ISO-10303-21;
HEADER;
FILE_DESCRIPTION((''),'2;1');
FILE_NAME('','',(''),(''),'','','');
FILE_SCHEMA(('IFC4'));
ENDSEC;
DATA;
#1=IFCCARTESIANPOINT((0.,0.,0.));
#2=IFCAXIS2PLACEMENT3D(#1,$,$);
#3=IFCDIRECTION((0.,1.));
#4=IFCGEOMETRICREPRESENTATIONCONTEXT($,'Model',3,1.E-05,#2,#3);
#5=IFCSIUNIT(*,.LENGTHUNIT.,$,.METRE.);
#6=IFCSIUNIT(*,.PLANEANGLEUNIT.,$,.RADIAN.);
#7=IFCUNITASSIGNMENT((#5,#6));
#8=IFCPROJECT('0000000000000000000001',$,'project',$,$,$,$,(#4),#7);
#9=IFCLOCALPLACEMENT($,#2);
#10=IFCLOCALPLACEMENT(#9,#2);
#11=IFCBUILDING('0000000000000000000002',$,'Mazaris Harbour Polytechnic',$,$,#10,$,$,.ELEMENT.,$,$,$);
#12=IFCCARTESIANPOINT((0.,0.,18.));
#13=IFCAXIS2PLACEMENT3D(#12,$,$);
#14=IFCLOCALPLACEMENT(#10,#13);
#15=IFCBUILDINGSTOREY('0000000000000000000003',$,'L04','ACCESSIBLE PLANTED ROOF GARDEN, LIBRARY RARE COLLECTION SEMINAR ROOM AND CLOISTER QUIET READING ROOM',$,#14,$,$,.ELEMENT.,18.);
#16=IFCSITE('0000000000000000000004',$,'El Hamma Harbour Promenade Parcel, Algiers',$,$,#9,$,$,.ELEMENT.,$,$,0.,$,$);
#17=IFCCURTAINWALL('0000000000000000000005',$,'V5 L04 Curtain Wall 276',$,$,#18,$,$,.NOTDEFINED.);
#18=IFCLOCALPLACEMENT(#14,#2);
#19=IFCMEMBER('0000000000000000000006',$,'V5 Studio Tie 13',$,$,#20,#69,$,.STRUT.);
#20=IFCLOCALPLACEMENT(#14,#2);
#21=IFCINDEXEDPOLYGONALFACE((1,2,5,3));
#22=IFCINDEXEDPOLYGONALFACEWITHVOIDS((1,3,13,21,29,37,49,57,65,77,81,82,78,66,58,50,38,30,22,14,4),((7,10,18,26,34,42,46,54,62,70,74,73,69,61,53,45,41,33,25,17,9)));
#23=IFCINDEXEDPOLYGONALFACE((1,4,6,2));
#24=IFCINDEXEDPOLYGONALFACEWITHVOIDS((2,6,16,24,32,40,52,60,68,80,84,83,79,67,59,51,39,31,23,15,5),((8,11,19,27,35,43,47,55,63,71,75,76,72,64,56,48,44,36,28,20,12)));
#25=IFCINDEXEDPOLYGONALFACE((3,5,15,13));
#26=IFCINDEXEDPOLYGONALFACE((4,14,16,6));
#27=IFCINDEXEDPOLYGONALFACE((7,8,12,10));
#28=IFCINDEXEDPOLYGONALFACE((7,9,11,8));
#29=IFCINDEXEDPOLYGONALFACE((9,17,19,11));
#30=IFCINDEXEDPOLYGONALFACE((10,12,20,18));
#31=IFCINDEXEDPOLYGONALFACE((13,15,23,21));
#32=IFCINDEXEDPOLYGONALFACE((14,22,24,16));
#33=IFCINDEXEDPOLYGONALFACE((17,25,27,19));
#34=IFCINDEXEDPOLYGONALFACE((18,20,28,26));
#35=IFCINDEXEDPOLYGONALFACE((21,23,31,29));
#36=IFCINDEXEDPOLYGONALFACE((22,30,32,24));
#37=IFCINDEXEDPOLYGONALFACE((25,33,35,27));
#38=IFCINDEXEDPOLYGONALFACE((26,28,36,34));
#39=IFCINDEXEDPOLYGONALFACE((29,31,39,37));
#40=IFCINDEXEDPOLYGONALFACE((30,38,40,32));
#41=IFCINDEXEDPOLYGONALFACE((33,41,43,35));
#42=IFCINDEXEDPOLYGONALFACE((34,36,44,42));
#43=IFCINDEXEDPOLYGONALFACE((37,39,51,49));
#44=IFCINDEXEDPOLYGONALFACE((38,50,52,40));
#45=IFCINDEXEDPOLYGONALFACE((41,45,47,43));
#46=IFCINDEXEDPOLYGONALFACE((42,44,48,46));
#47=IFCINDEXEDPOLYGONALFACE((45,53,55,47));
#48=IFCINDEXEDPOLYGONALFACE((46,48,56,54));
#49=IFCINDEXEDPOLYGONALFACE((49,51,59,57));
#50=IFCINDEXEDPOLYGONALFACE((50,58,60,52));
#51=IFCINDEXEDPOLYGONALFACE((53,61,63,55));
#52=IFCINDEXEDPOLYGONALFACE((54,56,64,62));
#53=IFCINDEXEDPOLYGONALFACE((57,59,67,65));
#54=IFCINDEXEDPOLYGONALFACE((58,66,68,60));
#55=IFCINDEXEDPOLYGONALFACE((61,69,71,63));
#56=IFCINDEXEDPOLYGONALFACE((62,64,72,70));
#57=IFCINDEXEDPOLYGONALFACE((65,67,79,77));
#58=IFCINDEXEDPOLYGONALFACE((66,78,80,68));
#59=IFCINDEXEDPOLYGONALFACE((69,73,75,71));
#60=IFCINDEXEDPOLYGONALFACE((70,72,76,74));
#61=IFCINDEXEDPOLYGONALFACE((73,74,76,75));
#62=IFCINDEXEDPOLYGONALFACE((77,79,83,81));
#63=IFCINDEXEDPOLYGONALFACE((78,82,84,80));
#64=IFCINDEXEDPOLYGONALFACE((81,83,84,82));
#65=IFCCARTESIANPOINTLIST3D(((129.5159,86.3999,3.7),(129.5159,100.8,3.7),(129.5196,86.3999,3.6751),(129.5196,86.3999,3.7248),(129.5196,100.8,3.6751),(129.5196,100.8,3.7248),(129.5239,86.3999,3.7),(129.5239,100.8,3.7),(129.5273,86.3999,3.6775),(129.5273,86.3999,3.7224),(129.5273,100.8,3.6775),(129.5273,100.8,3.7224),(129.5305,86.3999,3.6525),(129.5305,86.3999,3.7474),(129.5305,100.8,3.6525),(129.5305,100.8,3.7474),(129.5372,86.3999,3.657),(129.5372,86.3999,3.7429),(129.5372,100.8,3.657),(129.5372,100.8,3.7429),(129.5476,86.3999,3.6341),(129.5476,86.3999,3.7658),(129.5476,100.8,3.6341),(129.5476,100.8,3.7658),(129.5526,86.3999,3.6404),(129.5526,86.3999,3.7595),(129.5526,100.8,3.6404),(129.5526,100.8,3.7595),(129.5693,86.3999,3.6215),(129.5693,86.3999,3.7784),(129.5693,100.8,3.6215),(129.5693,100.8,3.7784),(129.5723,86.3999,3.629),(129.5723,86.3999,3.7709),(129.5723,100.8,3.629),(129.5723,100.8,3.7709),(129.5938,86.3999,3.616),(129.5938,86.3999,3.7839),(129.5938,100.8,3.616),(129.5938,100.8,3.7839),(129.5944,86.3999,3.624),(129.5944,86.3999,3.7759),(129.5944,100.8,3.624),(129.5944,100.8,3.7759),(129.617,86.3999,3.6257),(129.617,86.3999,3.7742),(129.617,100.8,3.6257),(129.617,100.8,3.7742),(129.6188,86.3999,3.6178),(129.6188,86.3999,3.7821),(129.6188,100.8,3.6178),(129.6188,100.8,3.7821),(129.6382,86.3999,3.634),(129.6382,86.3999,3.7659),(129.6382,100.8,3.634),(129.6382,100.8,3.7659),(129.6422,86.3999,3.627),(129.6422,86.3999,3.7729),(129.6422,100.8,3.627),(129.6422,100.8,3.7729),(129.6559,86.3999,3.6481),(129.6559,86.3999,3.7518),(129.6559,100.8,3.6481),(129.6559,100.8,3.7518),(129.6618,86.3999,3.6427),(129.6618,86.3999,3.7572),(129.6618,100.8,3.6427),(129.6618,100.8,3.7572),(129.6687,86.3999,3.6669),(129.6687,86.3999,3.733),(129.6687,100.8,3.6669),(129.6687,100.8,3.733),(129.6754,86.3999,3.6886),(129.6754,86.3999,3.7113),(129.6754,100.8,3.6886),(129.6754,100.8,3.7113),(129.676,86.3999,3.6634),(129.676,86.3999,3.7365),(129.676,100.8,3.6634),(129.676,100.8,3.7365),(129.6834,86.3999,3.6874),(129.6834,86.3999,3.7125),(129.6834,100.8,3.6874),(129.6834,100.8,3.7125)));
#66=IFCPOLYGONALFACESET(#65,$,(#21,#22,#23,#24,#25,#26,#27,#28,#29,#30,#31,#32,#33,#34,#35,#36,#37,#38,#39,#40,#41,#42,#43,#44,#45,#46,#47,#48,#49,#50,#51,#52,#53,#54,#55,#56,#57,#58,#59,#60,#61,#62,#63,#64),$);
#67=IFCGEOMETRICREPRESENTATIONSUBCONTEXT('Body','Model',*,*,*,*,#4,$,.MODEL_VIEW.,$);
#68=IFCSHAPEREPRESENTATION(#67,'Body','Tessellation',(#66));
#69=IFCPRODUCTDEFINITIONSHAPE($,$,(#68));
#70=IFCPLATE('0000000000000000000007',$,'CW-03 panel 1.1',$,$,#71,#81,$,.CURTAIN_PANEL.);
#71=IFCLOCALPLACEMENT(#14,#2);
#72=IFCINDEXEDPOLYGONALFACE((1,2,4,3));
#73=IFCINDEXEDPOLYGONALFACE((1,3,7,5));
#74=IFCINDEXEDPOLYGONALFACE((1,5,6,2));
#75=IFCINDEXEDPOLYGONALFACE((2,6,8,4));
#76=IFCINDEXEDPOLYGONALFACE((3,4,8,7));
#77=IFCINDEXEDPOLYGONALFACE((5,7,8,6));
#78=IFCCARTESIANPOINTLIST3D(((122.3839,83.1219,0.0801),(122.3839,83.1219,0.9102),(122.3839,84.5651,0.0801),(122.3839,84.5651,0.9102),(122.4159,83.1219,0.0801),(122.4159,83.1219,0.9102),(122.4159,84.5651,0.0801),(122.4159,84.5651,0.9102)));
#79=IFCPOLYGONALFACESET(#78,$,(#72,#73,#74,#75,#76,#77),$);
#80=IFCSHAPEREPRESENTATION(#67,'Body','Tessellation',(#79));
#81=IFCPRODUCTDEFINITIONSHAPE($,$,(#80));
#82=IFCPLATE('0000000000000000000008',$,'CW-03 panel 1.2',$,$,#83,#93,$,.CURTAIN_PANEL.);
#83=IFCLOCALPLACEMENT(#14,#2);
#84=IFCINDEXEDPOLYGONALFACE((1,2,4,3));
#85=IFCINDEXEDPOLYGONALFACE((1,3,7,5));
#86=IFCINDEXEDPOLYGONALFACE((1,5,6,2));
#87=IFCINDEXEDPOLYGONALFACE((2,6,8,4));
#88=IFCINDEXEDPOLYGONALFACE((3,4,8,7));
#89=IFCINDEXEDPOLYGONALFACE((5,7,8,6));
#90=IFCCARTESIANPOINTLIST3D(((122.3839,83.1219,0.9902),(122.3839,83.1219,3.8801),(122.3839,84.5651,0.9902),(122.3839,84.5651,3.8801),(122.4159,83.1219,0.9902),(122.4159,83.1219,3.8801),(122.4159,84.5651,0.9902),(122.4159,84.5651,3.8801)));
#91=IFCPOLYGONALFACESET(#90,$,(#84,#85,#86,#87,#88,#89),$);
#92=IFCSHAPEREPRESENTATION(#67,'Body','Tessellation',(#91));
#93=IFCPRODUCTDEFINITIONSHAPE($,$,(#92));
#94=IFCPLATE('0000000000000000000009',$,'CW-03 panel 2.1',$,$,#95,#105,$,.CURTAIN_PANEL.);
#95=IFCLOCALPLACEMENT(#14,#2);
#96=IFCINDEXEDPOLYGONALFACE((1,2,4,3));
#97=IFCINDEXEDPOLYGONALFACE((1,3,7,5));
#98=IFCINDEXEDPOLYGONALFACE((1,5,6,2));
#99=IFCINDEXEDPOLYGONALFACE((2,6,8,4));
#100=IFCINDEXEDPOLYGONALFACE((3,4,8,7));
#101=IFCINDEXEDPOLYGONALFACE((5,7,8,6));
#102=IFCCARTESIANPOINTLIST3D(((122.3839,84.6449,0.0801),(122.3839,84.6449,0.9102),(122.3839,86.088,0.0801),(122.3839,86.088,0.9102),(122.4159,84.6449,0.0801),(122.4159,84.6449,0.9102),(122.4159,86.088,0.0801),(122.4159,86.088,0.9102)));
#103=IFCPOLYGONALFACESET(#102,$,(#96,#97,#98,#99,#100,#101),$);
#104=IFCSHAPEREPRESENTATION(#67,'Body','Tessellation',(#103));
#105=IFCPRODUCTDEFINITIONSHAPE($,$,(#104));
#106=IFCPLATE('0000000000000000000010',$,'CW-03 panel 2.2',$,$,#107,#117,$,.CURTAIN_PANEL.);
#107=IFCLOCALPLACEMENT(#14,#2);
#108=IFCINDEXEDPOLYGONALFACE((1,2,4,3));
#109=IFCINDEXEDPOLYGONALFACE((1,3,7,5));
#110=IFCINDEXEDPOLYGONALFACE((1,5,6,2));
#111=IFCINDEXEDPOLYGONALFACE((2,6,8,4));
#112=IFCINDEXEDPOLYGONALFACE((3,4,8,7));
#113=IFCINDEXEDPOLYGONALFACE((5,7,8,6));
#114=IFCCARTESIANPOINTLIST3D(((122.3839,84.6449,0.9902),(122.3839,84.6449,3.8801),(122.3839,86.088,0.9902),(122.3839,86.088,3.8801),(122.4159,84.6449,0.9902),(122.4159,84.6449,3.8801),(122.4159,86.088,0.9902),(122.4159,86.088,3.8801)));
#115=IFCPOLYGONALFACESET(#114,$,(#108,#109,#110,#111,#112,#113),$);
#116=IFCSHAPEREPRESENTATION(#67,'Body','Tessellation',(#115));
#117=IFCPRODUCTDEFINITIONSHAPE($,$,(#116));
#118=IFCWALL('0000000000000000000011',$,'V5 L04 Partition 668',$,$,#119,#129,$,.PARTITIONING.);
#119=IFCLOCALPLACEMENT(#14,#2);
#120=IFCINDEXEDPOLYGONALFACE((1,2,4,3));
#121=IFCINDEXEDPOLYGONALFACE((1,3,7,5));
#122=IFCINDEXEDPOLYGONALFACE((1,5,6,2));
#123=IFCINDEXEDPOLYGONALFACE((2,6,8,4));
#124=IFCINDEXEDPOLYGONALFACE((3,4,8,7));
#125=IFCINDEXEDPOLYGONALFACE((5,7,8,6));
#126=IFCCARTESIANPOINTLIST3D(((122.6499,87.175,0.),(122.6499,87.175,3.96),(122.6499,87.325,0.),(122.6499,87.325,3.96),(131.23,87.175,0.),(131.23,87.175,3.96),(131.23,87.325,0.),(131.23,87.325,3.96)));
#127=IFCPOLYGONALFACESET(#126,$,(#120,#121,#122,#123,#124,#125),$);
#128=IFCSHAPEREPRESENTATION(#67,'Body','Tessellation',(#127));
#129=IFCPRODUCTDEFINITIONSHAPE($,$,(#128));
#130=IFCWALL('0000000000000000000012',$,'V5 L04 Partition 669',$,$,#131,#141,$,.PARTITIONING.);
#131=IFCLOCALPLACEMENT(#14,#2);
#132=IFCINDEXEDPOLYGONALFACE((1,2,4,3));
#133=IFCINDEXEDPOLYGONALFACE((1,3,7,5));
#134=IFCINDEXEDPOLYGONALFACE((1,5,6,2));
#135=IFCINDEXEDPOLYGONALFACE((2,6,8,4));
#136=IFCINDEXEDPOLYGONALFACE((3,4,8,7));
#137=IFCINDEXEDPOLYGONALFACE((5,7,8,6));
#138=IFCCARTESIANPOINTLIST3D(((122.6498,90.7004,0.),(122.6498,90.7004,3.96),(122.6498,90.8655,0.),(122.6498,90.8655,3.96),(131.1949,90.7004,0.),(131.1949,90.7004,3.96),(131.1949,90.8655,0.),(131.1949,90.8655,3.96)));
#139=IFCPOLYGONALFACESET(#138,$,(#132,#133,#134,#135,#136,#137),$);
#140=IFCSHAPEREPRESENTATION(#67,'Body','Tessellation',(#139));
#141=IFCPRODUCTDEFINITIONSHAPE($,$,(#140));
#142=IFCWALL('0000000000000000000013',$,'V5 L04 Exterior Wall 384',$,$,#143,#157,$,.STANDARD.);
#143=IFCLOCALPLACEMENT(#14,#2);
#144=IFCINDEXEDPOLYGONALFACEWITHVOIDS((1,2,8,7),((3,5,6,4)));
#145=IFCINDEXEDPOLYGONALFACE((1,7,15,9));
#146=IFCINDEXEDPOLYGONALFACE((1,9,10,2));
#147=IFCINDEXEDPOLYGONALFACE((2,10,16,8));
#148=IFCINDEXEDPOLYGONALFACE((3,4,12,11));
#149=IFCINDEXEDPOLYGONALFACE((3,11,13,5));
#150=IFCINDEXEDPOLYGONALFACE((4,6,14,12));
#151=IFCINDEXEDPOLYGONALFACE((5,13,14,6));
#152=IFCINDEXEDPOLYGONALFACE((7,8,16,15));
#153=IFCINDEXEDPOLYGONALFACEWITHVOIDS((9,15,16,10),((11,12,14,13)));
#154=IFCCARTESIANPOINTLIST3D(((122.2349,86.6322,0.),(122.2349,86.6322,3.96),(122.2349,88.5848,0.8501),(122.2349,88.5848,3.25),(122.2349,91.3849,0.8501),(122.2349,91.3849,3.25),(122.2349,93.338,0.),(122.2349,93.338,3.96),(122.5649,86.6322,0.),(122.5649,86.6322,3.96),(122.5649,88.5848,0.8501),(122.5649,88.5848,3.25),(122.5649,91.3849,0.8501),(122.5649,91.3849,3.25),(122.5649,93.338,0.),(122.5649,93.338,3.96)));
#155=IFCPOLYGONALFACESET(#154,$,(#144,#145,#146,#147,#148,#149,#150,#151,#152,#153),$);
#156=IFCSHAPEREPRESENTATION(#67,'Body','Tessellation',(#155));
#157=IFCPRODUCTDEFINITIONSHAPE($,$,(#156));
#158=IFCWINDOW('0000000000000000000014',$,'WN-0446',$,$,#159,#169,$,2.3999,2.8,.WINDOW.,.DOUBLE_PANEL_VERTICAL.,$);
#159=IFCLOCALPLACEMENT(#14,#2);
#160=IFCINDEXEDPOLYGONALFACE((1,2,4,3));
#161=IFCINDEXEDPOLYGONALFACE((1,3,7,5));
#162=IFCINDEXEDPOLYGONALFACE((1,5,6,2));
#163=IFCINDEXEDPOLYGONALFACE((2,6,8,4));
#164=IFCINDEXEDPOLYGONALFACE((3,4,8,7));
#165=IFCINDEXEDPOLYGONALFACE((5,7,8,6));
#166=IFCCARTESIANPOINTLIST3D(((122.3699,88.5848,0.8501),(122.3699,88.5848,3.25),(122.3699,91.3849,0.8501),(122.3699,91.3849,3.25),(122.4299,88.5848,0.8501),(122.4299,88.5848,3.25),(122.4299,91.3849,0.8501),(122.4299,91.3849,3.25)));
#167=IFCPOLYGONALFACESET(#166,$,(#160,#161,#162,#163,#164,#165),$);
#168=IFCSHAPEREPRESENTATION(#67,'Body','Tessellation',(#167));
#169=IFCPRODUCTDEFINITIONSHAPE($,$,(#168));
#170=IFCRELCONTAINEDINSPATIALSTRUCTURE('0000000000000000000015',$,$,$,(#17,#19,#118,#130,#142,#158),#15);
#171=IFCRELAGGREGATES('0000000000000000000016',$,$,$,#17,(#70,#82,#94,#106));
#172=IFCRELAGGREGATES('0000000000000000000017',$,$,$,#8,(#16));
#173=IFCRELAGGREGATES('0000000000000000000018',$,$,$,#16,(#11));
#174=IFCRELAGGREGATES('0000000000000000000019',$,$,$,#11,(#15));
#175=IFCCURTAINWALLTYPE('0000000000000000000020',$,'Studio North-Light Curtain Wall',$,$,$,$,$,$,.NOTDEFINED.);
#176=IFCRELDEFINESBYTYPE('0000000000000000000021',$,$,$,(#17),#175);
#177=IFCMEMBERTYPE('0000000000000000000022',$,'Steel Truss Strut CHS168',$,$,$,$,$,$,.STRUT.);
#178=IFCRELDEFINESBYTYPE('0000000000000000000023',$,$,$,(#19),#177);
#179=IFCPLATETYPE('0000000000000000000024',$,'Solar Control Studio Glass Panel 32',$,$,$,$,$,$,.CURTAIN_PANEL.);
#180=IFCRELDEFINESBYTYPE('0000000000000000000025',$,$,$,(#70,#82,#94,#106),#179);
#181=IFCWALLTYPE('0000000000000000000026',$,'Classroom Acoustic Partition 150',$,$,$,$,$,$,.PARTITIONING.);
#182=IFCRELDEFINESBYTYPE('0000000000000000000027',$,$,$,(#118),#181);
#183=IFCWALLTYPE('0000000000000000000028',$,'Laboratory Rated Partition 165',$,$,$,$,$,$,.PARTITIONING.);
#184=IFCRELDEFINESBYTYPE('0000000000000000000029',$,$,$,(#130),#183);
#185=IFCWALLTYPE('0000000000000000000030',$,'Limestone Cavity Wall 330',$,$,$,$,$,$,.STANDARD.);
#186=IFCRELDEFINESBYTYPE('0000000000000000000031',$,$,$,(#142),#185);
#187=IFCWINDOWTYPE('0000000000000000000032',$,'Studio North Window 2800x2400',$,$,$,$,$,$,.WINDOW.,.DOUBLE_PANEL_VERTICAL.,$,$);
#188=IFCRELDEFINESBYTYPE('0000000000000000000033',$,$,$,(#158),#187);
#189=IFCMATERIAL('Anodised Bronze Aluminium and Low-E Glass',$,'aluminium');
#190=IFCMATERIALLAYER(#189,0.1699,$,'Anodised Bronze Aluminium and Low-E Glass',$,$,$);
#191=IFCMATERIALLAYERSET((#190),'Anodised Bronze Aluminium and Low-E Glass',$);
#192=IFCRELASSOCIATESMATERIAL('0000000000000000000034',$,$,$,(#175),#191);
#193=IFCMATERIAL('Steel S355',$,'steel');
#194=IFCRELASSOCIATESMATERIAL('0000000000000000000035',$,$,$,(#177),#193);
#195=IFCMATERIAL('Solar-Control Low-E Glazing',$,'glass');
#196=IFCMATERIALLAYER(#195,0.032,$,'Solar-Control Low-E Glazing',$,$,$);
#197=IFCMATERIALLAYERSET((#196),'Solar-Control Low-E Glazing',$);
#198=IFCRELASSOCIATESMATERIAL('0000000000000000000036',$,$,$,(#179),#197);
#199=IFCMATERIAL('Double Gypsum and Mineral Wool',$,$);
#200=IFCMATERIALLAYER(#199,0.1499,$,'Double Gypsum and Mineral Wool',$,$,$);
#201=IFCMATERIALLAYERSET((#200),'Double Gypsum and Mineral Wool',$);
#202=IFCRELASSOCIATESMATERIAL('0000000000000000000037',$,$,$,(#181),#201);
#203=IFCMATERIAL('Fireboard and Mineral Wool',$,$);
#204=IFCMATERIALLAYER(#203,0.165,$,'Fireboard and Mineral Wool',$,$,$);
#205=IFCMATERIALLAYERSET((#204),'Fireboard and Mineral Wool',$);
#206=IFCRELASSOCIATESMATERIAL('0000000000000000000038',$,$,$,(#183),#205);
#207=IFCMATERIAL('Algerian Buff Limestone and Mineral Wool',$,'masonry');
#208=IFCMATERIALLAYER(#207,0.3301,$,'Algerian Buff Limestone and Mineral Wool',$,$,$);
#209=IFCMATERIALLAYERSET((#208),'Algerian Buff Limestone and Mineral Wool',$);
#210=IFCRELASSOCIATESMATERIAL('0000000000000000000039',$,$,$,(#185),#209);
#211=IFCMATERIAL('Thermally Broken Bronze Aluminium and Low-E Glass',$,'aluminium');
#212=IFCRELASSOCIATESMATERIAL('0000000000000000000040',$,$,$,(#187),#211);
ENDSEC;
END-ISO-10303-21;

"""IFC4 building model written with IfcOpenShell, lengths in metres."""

from ifc_helpers import new_model, si_unit, direction, frame, frame_2d, origin, origin_2d, place, context, subcontext, project, spatial, rectangle, hollow_circle, extrude, material, layer, layer_set, material_profile, profile_set, type_object, element, fill, aggregate, save


model = new_model("IFC4")

# Units and contexts
model_context = context("Model", 3, precision=1e-05, world=origin(), true_north=direction((0.0, 1.0)))
body_context = subcontext(model_context, "Body", "Model", "MODEL_VIEW")
ifc_project = project(units=[si_unit("LENGTHUNIT", "METRE"), si_unit("PLANEANGLEUNIT", "RADIAN")], contexts=[model_context])

# Site, building, storey
site_placement = place(None, origin())
site = spatial("IfcSite", under=ifc_project, at=site_placement, Name="El Hamma Harbour Promenade Parcel, Algiers", CompositionType="ELEMENT", RefElevation=0.0)
building_placement = place(site_placement, origin())
building = spatial("IfcBuilding", under=site, at=building_placement, Name="Mazaris Harbour Polytechnic", CompositionType="ELEMENT")
storey_placement = place(building_placement, frame((0.0, 0.0, 18.0)))
storey = spatial("IfcBuildingStorey", under=building, at=storey_placement, Name="L04", Description="ACCESSIBLE PLANTED ROOF GARDEN, LIBRARY RARE COLLECTION SEMINAR ROOM AND CLOISTER QUIET READING ROOM", CompositionType="ELEMENT", Elevation=18.0)

# Curtain wall
ifc_material_1 = material(Name="Anodised Bronze Aluminium and Low-E Glass", Category="aluminium")
ifc_layer_1 = layer(ifc_material_1, 0.1699, Name="Anodised Bronze Aluminium and Low-E Glass")
ifc_layer_set_1 = layer_set([ifc_layer_1], Name="Anodised Bronze Aluminium and Low-E Glass")
curtain_wall_type = type_object("IfcCurtainWallType", Name="Studio North-Light Curtain Wall", PredefinedType="NOTDEFINED", material=ifc_layer_set_1)
curtain_wall_1_placement = place(storey_placement, origin())
curtain_wall_1 = element("IfcCurtainWall", 1, at=curtain_wall_1_placement, inside=storey, type_object=curtain_wall_type, Name="V5 L04 Curtain Wall 276", PredefinedType="NOTDEFINED")

# Member
ifc_material_2 = material(Name="Steel S355", Category="steel")
ifc_material_profile_1 = material_profile(ifc_material_2, hollow_circle(Radius=0.0842, WallThickness=0.0081, at=origin_2d()), Name="CHS 168.3x8.0")
ifc_profile_set_1 = profile_set([ifc_material_profile_1], Name="Steel S355")
member_type_1 = type_object("IfcMemberType", Name="Steel Truss Strut CHS168", PredefinedType="STRUT", material=ifc_profile_set_1)
member_1_placement = place(storey_placement, frame((129.6001, 86.3999, 3.7), z_axis=(0.0, 1.0, 0.0), x_axis=(-1.0, 0.0, 0.0)))
element("IfcMember", 2, at=member_1_placement, inside=storey, type_object=member_type_1, Name="V5 Studio Tie 13", PredefinedType="STRUT", context=body_context, shape_type="SweptSolid", body=[
    extrude(hollow_circle(Radius=0.0842, WallThickness=0.0081, at=origin_2d()), origin(), (0.0, 0.0, 1.0), 14.4001),
])

# Plates
ifc_material_3 = material(Name="Solar-Control Low-E Glazing", Category="glass")
ifc_layer_2 = layer(ifc_material_3, 0.032, Name="Solar-Control Low-E Glazing")
ifc_layer_set_2 = layer_set([ifc_layer_2], Name="Solar-Control Low-E Glazing")
plate_type = type_object("IfcPlateType", Name="Solar Control Studio Glass Panel 32", PredefinedType="CURTAIN_PANEL", material=ifc_layer_set_2)
plate_1_placement = place(storey_placement, frame((122.3999, 83.8435, 0.0801), z_axis=(0.0, 0.0, 1.0), x_axis=(0.0, 1.0, 0.0)))
plate_1 = element("IfcPlate", 3, at=plate_1_placement, type_object=plate_type, Name="CW-03 panel 1.1", PredefinedType="CURTAIN_PANEL", context=body_context, shape_type="SweptSolid", body=[
    extrude(rectangle(XDim=1.4431, YDim=0.032, at=origin_2d()), origin(), (0.0, 0.0, 1.0), 0.8301),
])
plate_2_placement = place(storey_placement, frame((122.3999, 83.8435, 0.9902), z_axis=(0.0, 0.0, 1.0), x_axis=(0.0, 1.0, 0.0)))
plate_2 = element("IfcPlate", 4, at=plate_2_placement, type_object=plate_type, Name="CW-03 panel 1.2", PredefinedType="CURTAIN_PANEL", context=body_context, shape_type="SweptSolid", body=[
    extrude(rectangle(XDim=1.4431, YDim=0.032, at=origin_2d()), origin(), (0.0, 0.0, 1.0), 2.8899),
])
plate_3_placement = place(storey_placement, frame((122.3999, 85.3665, 0.0801), z_axis=(0.0, 0.0, 1.0), x_axis=(0.0, 1.0, 0.0)))
plate_3 = element("IfcPlate", 5, at=plate_3_placement, type_object=plate_type, Name="CW-03 panel 2.1", PredefinedType="CURTAIN_PANEL", context=body_context, shape_type="SweptSolid", body=[
    extrude(rectangle(XDim=1.4431, YDim=0.032, at=origin_2d()), origin(), (0.0, 0.0, 1.0), 0.8301),
])
plate_4_placement = place(storey_placement, frame((122.3999, 85.3665, 0.9902), z_axis=(0.0, 0.0, 1.0), x_axis=(0.0, 1.0, 0.0)))
plate_4 = element("IfcPlate", 6, at=plate_4_placement, type_object=plate_type, Name="CW-03 panel 2.2", PredefinedType="CURTAIN_PANEL", context=body_context, shape_type="SweptSolid", body=[
    extrude(rectangle(XDim=1.4431, YDim=0.032, at=origin_2d()), origin(), (0.0, 0.0, 1.0), 2.8899),
])
aggregate(curtain_wall_1, [plate_1, plate_2, plate_3, plate_4])

# Walls
ifc_material_4 = material(Name="Double Gypsum and Mineral Wool")
ifc_layer_3 = layer(ifc_material_4, 0.1499, Name="Double Gypsum and Mineral Wool")
ifc_layer_set_3 = layer_set([ifc_layer_3], Name="Double Gypsum and Mineral Wool")
wall_type_1 = type_object("IfcWallType", Name="Classroom Acoustic Partition 150", PredefinedType="PARTITIONING", material=ifc_layer_set_3)
wall_1_placement = place(storey_placement, frame((122.6499, 87.25, 0.0), z_axis=(0.0, 0.0, 1.0), x_axis=(1.0, 0.0, 0.0)))
element("IfcWall", 7, at=wall_1_placement, inside=storey, type_object=wall_type_1, Name="V5 L04 Partition 668", PredefinedType="PARTITIONING", context=body_context, shape_type="SweptSolid", body=[
    extrude(rectangle(XDim=8.5801, YDim=0.1499, at=frame_2d((4.29, 0.0))), origin(), (0.0, 0.0, 1.0), 3.96),
])
ifc_material_5 = material(Name="Fireboard and Mineral Wool")
ifc_layer_4 = layer(ifc_material_5, 0.165, Name="Fireboard and Mineral Wool")
ifc_layer_set_4 = layer_set([ifc_layer_4], Name="Fireboard and Mineral Wool")
wall_type_2 = type_object("IfcWallType", Name="Laboratory Rated Partition 165", PredefinedType="PARTITIONING", material=ifc_layer_set_4)
wall_2_placement = place(storey_placement, frame((122.6499, 90.783, 0.0), z_axis=(0.0, 0.0, 1.0), x_axis=(1.0, 0.0, 0.0)))
element("IfcWall", 8, at=wall_2_placement, inside=storey, type_object=wall_type_2, Name="V5 L04 Partition 669", PredefinedType="PARTITIONING", context=body_context, shape_type="SweptSolid", body=[
    extrude(rectangle(XDim=8.5452, YDim=0.165, at=frame_2d((4.2725, 0.0))), origin(), (0.0, 0.0, 1.0), 3.96),
])

# Wall, opening, window
ifc_material_6 = material(Name="Algerian Buff Limestone and Mineral Wool", Category="masonry")
ifc_layer_5 = layer(ifc_material_6, 0.3301, Name="Algerian Buff Limestone and Mineral Wool")
ifc_layer_set_5 = layer_set([ifc_layer_5], Name="Algerian Buff Limestone and Mineral Wool")
wall_type_3 = type_object("IfcWallType", Name="Limestone Cavity Wall 330", PredefinedType="STANDARD", material=ifc_layer_set_5)
wall_3_placement = place(storey_placement, frame((122.3999, 86.6321, 0.0), z_axis=(0.0, 0.0, 1.0), x_axis=(0.0, 1.0, 0.0)))
wall_3 = element("IfcWall", 9, at=wall_3_placement, inside=storey, type_object=wall_type_3, Name="V5 L04 Exterior Wall 384", PredefinedType="STANDARD", context=body_context, shape_type="SweptSolid", body=[
    extrude(rectangle(XDim=6.7058, YDim=0.3301, at=frame_2d((3.353, 0.0))), origin(), (0.0, 0.0, 1.0), 3.96),
])
opening_placement = place(wall_3_placement, frame((1.9529, 0.0, 0.8501)))
opening = element("IfcOpeningElement", 10, at=opening_placement, cuts=wall_3, PredefinedType="OPENING", context=body_context, shape_type="SweptSolid", body=[
    extrude(rectangle(XDim=2.8, YDim=2.3999, at=frame_2d((1.3999, 1.2))), frame((0.0, 0.175, 0.0), z_axis=(0.0, -1.0, 0.0), x_axis=(1.0, 0.0, 0.0)), (0.0, 0.0, 1.0), 0.3501),
])
ifc_material_7 = material(Name="Thermally Broken Bronze Aluminium and Low-E Glass", Category="aluminium")
window_type = type_object("IfcWindowType", Name="Studio North Window 2800x2400", PartitioningType="DOUBLE_PANEL_VERTICAL", PredefinedType="WINDOW", material=ifc_material_7)
window_placement = place(opening_placement, origin())
window = element("IfcWindow", 11, at=window_placement, inside=storey, type_object=window_type, Name="WN-0446", OverallHeight=2.3999, OverallWidth=2.8, PartitioningType="DOUBLE_PANEL_VERTICAL", PredefinedType="WINDOW", context=body_context, shape_type="SweptSolid", body=[
    extrude(rectangle(XDim=2.8, YDim=2.3999, at=frame_2d((1.3999, 1.2))), frame((0.0, 0.03, 0.0), z_axis=(0.0, -1.0, 0.0), x_axis=(1.0, 0.0, 0.0)), (0.0, 0.0, 1.0), 0.0601),
])
fill(opening, window)

save(model, "model.ifc")
